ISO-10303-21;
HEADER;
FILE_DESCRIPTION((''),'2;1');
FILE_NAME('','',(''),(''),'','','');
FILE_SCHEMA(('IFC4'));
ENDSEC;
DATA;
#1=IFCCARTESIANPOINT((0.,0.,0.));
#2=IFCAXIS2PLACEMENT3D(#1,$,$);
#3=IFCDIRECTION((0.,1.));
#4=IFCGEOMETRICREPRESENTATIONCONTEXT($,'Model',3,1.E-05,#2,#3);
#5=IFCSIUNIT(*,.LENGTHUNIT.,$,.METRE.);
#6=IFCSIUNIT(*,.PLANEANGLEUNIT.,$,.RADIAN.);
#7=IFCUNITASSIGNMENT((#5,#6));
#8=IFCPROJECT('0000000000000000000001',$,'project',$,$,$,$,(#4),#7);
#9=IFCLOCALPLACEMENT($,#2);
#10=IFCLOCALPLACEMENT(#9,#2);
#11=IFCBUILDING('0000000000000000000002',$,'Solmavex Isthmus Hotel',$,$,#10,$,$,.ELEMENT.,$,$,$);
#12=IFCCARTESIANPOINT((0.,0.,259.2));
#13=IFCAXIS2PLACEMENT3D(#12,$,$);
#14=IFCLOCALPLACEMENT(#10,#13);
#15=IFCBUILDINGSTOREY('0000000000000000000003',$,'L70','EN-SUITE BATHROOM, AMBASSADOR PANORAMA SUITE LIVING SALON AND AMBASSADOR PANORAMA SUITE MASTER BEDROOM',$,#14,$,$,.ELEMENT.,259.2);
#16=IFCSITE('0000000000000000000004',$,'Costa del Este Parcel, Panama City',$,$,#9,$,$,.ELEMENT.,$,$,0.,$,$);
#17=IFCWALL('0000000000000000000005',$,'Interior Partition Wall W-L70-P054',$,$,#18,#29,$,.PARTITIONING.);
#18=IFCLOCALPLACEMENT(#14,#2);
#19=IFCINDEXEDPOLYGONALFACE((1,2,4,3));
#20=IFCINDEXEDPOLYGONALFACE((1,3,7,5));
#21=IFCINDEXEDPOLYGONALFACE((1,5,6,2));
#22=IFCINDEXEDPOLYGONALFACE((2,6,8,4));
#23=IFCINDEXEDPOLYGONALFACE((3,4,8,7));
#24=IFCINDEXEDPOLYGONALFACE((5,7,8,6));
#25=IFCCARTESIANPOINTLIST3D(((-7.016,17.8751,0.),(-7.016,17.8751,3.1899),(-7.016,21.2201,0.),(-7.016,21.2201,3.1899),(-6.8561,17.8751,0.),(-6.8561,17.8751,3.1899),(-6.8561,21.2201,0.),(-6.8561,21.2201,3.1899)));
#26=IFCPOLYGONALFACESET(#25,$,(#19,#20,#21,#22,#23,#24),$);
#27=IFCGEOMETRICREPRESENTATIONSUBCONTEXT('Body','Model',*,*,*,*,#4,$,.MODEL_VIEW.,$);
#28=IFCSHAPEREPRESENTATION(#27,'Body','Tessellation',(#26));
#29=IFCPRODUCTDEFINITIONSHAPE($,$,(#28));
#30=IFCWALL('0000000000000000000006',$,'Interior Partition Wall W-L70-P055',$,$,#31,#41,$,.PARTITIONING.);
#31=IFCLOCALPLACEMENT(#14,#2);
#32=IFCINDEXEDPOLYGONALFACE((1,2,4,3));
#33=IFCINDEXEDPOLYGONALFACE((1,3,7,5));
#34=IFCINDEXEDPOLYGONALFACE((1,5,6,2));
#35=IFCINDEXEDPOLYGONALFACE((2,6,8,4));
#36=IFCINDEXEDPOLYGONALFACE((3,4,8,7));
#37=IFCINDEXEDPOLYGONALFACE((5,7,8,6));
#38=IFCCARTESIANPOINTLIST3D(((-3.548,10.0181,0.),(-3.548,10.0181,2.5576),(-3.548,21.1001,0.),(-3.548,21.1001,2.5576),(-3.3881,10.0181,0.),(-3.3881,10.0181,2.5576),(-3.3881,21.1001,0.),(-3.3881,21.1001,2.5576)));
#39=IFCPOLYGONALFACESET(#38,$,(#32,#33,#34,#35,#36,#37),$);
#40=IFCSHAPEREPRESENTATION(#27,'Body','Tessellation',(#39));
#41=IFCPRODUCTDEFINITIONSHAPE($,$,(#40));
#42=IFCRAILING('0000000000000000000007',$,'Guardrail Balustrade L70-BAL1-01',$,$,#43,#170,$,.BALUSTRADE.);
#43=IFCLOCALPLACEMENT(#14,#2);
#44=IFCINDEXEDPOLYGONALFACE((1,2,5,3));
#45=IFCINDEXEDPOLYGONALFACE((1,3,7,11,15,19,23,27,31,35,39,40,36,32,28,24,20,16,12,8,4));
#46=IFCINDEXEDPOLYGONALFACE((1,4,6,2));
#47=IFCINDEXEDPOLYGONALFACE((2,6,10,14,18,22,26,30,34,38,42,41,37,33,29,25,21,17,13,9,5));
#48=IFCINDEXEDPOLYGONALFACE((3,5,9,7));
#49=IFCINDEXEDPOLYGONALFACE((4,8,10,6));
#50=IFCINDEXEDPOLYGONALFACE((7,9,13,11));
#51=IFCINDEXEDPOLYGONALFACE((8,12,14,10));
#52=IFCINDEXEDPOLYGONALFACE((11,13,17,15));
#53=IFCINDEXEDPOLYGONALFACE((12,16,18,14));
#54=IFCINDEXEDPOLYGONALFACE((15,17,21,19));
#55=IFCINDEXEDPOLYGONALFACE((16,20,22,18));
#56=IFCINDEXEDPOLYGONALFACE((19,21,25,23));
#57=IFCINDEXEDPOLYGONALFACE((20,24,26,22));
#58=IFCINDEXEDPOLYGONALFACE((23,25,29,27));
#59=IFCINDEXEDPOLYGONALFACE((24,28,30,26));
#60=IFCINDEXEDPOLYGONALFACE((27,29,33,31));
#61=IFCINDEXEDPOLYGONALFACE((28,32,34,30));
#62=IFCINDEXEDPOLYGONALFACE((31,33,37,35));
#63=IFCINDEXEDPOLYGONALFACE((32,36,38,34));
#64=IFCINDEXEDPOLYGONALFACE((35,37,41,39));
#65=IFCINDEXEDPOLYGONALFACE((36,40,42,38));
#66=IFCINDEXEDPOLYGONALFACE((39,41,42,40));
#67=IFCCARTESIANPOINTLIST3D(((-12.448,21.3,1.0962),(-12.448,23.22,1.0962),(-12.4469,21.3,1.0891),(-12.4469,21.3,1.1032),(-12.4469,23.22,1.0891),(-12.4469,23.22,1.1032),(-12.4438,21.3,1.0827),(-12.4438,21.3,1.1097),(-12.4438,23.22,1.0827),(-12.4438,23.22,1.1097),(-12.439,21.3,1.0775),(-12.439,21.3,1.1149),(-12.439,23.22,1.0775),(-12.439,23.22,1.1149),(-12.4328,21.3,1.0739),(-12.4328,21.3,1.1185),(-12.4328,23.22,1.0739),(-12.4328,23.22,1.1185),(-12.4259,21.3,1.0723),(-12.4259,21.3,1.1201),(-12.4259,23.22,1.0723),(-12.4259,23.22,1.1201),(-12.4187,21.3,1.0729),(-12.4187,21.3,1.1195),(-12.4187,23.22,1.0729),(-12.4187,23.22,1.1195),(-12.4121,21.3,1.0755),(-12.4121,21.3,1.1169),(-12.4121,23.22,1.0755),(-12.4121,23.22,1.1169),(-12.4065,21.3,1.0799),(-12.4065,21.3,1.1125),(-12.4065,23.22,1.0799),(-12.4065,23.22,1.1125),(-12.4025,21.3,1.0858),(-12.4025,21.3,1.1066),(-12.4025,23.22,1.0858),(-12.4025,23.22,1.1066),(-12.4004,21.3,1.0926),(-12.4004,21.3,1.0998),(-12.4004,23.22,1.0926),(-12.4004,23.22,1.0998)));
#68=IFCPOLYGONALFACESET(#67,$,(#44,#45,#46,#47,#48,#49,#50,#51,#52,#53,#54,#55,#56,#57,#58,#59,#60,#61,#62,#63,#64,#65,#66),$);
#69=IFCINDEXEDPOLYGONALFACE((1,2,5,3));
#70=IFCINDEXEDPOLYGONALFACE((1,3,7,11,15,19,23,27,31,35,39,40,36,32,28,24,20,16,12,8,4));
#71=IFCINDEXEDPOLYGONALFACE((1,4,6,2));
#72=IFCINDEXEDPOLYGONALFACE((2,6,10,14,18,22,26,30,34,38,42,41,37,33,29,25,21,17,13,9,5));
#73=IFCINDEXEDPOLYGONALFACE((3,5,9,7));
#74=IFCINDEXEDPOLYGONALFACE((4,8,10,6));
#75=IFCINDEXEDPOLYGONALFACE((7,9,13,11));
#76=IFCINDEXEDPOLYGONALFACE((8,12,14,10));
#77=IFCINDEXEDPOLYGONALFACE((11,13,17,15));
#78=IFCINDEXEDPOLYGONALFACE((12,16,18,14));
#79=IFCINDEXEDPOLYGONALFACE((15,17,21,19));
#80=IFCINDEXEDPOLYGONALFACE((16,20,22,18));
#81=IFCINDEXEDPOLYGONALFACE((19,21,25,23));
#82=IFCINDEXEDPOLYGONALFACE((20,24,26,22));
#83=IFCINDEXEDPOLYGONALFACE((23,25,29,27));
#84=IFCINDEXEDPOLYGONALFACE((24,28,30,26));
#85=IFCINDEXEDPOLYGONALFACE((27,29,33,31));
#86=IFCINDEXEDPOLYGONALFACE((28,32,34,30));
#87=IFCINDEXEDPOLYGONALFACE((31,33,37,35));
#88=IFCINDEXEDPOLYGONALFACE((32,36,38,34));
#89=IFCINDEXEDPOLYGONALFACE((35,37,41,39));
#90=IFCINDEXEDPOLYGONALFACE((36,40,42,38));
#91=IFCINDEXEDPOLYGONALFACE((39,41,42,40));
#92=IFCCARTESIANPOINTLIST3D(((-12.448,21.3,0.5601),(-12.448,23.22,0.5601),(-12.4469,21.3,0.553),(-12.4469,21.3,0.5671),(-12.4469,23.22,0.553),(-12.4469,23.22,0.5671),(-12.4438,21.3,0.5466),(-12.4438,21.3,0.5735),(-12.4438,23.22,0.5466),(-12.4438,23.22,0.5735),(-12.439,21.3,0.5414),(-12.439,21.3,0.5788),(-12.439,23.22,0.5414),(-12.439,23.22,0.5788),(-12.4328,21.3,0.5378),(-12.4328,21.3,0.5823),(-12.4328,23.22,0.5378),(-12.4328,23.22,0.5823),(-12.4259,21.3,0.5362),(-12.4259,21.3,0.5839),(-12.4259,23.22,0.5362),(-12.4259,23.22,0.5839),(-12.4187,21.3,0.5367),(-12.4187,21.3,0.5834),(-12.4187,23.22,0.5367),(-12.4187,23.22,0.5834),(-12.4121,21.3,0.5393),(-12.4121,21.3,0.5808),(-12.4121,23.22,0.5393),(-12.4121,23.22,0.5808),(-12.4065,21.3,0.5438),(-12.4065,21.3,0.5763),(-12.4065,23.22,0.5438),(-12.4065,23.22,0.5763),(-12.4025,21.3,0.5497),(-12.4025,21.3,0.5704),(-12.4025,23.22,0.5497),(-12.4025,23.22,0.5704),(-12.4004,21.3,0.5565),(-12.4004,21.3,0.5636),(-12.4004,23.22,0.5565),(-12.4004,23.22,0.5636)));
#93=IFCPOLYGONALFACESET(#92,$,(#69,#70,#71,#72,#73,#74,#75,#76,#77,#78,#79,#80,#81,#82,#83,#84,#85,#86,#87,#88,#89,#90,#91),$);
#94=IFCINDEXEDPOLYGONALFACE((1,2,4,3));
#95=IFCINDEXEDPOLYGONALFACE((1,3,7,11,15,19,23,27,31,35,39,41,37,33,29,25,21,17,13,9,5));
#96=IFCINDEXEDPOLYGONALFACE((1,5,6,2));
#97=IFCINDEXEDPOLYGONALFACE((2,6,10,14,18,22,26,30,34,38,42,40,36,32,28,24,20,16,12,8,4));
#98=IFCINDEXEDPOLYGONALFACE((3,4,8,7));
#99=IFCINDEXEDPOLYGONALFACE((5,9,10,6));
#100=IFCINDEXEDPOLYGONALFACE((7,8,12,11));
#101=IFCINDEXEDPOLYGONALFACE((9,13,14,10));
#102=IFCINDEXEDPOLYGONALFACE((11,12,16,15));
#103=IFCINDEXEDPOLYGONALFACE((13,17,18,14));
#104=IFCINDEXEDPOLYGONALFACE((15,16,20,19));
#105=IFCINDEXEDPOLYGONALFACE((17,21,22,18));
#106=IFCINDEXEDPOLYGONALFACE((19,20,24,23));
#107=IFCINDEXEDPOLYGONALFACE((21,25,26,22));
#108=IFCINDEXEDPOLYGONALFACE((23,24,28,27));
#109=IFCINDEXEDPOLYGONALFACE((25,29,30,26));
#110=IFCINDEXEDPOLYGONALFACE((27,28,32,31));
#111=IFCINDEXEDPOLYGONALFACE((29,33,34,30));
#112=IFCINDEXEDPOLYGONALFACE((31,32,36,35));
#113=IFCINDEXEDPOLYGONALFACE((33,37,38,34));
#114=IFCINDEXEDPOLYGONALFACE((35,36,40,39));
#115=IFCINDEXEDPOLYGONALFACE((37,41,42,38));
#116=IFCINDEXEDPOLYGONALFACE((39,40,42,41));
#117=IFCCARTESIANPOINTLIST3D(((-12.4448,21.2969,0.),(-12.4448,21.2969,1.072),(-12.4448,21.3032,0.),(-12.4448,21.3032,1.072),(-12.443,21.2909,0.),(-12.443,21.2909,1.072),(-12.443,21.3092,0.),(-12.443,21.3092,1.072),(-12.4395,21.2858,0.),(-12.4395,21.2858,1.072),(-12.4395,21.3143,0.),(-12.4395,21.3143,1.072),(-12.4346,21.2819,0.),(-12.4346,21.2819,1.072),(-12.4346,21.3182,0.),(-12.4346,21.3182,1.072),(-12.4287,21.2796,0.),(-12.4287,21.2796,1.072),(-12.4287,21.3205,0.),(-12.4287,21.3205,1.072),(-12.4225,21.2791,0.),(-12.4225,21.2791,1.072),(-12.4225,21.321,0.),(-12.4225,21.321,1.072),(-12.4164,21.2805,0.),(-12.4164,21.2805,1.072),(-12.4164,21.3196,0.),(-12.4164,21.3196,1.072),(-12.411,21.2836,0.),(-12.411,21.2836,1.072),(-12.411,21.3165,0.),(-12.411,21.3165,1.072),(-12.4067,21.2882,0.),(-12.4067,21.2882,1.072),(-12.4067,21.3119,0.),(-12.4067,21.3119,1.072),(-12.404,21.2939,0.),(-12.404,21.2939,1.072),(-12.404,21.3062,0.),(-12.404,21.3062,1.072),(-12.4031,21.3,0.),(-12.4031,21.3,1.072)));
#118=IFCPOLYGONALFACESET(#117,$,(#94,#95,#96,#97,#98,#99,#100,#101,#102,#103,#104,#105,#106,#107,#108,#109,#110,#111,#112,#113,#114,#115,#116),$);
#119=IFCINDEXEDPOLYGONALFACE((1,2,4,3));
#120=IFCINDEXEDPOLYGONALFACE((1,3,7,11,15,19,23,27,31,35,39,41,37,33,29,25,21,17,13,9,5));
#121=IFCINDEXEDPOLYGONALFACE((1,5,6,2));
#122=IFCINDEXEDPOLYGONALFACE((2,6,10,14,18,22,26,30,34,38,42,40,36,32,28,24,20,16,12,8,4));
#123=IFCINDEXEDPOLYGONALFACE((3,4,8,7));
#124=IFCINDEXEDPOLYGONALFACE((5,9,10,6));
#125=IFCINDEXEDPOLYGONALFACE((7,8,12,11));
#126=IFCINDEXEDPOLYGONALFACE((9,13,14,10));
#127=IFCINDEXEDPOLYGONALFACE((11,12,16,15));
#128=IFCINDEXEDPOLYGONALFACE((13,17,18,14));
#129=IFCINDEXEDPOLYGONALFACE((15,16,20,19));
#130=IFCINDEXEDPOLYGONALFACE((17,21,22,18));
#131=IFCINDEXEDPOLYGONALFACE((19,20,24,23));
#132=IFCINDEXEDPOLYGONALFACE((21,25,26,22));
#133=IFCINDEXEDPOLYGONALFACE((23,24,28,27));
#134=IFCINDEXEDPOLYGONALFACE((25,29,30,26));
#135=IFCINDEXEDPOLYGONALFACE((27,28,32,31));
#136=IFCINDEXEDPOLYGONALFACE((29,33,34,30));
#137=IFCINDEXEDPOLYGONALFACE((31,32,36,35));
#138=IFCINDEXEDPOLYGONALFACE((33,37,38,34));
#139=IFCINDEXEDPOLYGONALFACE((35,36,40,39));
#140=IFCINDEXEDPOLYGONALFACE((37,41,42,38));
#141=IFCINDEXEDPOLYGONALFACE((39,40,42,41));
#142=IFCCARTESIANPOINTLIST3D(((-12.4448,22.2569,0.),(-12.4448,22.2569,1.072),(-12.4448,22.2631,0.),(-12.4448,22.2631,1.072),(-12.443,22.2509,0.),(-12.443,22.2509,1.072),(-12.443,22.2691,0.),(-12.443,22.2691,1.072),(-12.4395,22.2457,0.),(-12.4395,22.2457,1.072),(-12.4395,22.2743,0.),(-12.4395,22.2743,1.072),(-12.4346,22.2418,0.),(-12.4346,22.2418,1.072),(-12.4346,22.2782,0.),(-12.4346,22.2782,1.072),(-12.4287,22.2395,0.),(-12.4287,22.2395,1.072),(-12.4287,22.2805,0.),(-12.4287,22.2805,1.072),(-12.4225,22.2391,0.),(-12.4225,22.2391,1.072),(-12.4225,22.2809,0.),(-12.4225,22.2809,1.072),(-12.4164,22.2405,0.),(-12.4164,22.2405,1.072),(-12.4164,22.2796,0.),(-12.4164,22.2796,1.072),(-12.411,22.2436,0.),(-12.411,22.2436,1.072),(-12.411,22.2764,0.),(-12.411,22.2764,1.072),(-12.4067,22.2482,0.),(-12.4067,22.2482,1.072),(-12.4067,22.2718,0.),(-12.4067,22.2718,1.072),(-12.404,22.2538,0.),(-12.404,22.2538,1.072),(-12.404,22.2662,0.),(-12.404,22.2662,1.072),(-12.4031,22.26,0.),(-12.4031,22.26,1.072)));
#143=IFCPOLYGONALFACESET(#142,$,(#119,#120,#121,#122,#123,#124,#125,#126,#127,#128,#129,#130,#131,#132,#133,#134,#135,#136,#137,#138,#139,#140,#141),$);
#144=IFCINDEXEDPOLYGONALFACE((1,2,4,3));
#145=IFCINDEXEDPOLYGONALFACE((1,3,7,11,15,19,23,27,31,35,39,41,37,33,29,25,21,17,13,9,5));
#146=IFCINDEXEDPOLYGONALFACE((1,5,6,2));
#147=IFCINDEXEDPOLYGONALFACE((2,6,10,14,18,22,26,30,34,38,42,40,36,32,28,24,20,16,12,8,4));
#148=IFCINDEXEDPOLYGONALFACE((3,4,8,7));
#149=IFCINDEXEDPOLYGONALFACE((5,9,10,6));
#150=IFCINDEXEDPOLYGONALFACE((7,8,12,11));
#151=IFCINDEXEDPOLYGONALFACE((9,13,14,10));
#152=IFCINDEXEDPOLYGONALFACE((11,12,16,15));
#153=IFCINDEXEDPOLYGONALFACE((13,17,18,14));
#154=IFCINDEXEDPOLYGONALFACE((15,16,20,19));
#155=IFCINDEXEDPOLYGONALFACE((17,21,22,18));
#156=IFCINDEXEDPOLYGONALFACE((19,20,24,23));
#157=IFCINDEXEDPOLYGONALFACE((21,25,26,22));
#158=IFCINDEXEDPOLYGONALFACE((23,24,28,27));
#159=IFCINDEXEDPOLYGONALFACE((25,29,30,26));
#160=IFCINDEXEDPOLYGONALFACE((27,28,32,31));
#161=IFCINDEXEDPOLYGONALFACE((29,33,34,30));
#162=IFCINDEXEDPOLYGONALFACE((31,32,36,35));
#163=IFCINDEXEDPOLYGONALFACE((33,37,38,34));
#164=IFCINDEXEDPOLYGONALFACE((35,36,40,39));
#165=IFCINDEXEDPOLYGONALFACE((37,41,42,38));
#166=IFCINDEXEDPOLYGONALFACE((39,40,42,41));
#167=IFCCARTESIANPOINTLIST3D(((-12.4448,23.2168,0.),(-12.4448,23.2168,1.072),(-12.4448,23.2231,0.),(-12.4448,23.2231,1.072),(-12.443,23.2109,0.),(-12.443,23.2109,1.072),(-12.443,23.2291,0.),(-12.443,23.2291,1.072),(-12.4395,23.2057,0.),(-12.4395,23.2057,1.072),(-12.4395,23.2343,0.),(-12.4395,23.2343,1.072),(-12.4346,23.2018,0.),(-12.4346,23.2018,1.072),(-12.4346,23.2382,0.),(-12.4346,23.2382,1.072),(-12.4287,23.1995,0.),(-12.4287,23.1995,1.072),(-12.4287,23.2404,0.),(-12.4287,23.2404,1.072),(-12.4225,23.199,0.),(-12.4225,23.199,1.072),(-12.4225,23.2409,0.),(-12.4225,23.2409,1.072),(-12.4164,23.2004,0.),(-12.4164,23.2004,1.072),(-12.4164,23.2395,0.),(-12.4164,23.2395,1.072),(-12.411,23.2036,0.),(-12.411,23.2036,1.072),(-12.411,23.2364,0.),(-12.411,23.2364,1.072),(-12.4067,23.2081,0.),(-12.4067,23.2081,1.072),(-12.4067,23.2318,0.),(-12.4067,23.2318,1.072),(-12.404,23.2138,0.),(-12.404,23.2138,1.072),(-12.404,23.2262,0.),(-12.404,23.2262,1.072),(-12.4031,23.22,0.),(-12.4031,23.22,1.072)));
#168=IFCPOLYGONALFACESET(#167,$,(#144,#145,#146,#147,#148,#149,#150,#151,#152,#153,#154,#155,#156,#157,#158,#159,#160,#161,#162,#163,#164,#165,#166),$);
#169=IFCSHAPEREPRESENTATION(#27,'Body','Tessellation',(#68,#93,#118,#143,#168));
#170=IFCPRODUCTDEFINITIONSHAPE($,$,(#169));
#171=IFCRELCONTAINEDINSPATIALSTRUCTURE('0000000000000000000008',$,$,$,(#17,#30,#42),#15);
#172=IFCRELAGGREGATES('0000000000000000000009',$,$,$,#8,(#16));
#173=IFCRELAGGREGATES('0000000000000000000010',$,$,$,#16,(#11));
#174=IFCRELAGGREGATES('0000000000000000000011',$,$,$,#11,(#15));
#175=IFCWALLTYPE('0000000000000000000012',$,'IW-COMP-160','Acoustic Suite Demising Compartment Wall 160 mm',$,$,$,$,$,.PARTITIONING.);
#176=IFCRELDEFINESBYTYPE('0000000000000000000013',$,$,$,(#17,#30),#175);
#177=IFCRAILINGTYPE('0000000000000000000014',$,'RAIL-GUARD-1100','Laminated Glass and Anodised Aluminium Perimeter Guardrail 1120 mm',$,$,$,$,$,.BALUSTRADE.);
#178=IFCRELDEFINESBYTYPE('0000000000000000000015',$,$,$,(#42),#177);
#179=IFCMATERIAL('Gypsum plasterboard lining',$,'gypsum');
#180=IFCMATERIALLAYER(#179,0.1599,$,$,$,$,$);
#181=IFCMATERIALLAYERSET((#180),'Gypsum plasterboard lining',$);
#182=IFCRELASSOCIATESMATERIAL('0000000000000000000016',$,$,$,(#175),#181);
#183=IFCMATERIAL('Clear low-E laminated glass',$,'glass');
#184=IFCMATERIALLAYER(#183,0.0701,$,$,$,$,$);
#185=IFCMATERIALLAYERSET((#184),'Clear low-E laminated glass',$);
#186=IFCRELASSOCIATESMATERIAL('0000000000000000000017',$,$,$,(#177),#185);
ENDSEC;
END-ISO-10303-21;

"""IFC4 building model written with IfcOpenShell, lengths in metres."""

from ifc_helpers import new_model, si_unit, direction, frame, frame_2d, origin, origin_2d, place, context, subcontext, project, spatial, rectangle, circle, extrude, material, layer, layer_set, type_object, element, save


model = new_model("IFC4")

# Units and contexts
model_context = context("Model", 3, precision=1e-05, world=origin(), true_north=direction((0.0, 1.0)))
body_context = subcontext(model_context, "Body", "Model", "MODEL_VIEW")
ifc_project = project(units=[si_unit("LENGTHUNIT", "METRE"), si_unit("PLANEANGLEUNIT", "RADIAN")], contexts=[model_context])

# Site, building, storey
site_placement = place(None, origin())
site = spatial("IfcSite", under=ifc_project, at=site_placement, Name="Costa del Este Parcel, Panama City", CompositionType="ELEMENT", RefElevation=0.0)
building_placement = place(site_placement, origin())
building = spatial("IfcBuilding", under=site, at=building_placement, Name="Solmavex Isthmus Hotel", CompositionType="ELEMENT")
storey_placement = place(building_placement, frame((0.0, 0.0, 259.2)))
storey = spatial("IfcBuildingStorey", under=building, at=storey_placement, Name="L70", Description="EN-SUITE BATHROOM, AMBASSADOR PANORAMA SUITE LIVING SALON AND AMBASSADOR PANORAMA SUITE MASTER BEDROOM", CompositionType="ELEMENT", Elevation=259.2)

# Shared definitions
ifc_material_1 = material(Name="Clear low-E laminated glass", Category="glass")

# Walls
ifc_material_2 = material(Name="Gypsum plasterboard lining", Category="gypsum")
ifc_layer_1 = layer(ifc_material_2, 0.1599)
ifc_layer_set_1 = layer_set([ifc_layer_1], Name="Gypsum plasterboard lining")
wall_type_1 = type_object("IfcWallType", Name="IW-COMP-160", Description="Acoustic Suite Demising Compartment Wall 160 mm", PredefinedType="PARTITIONING", material=ifc_layer_set_1)
wall_1_placement = place(storey_placement, frame((-6.936, 21.22, 0.0), z_axis=(0.0, 0.0, 1.0), x_axis=(0.0, -1.0, 0.0)))
element("IfcWall", 1, at=wall_1_placement, inside=storey, type_object=wall_type_1, Name="Interior Partition Wall W-L70-P054", PredefinedType="PARTITIONING", context=body_context, shape_type="SweptSolid", body=[
    extrude(rectangle(XDim=3.345, YDim=0.1599, at=frame_2d((1.6724, 0.0))), origin(), (0.0, 0.0, 1.0), 3.1899),
])
wall_2_placement = place(storey_placement, frame((-3.468, 21.1001, 0.0), z_axis=(0.0, 0.0, 1.0), x_axis=(0.0, -1.0, 0.0)))
element("IfcWall", 2, at=wall_2_placement, inside=storey, type_object=wall_type_1, Name="Interior Partition Wall W-L70-P055", PredefinedType="PARTITIONING", context=body_context, shape_type="SweptSolid", body=[
    extrude(rectangle(XDim=11.082, YDim=0.1599, at=frame_2d((5.541, 0.0))), origin(), (0.0, 0.0, 1.0), 2.5576),
])

# Railing
ifc_layer_2 = layer(ifc_material_1, 0.0701)
ifc_layer_set_2 = layer_set([ifc_layer_2], Name="Clear low-E laminated glass")
railing_type = type_object("IfcRailingType", Name="RAIL-GUARD-1100", Description="Laminated Glass and Anodised Aluminium Perimeter Guardrail 1120 mm", PredefinedType="BALUSTRADE", material=ifc_layer_set_2)
railing_1_placement = place(storey_placement, frame((-12.4241, 21.3, 0.0)))
element("IfcRailing", 3, at=railing_1_placement, inside=storey, type_object=railing_type, Name="Guardrail Balustrade L70-BAL1-01", PredefinedType="BALUSTRADE", context=body_context, shape_type="SweptSolid", body=[
    extrude(circle(Radius=0.0239, at=origin_2d()), frame((0.0, 0.0, 1.0962), z_axis=(0.0, 1.0, 0.0), x_axis=(-1.0, 0.0, 0.0)), (0.0, 0.0, 1.0), 1.9199),
    extrude(circle(Radius=0.0239, at=origin_2d()), frame((0.0, 0.0, 0.5601), z_axis=(0.0, 1.0, 0.0), x_axis=(-1.0, 0.0, 0.0)), (0.0, 0.0, 1.0), 1.9199),
    extrude(circle(Radius=0.021, at=origin_2d()), origin(), (0.0, 0.0, 1.0), 1.072),
    extrude(circle(Radius=0.021, at=origin_2d()), frame((0.0, 0.96, 0.0)), (0.0, 0.0, 1.0), 1.072),
    extrude(circle(Radius=0.021, at=origin_2d()), frame((0.0, 1.9199, 0.0)), (0.0, 0.0, 1.0), 1.072),
])

save(model, "model.ifc")
